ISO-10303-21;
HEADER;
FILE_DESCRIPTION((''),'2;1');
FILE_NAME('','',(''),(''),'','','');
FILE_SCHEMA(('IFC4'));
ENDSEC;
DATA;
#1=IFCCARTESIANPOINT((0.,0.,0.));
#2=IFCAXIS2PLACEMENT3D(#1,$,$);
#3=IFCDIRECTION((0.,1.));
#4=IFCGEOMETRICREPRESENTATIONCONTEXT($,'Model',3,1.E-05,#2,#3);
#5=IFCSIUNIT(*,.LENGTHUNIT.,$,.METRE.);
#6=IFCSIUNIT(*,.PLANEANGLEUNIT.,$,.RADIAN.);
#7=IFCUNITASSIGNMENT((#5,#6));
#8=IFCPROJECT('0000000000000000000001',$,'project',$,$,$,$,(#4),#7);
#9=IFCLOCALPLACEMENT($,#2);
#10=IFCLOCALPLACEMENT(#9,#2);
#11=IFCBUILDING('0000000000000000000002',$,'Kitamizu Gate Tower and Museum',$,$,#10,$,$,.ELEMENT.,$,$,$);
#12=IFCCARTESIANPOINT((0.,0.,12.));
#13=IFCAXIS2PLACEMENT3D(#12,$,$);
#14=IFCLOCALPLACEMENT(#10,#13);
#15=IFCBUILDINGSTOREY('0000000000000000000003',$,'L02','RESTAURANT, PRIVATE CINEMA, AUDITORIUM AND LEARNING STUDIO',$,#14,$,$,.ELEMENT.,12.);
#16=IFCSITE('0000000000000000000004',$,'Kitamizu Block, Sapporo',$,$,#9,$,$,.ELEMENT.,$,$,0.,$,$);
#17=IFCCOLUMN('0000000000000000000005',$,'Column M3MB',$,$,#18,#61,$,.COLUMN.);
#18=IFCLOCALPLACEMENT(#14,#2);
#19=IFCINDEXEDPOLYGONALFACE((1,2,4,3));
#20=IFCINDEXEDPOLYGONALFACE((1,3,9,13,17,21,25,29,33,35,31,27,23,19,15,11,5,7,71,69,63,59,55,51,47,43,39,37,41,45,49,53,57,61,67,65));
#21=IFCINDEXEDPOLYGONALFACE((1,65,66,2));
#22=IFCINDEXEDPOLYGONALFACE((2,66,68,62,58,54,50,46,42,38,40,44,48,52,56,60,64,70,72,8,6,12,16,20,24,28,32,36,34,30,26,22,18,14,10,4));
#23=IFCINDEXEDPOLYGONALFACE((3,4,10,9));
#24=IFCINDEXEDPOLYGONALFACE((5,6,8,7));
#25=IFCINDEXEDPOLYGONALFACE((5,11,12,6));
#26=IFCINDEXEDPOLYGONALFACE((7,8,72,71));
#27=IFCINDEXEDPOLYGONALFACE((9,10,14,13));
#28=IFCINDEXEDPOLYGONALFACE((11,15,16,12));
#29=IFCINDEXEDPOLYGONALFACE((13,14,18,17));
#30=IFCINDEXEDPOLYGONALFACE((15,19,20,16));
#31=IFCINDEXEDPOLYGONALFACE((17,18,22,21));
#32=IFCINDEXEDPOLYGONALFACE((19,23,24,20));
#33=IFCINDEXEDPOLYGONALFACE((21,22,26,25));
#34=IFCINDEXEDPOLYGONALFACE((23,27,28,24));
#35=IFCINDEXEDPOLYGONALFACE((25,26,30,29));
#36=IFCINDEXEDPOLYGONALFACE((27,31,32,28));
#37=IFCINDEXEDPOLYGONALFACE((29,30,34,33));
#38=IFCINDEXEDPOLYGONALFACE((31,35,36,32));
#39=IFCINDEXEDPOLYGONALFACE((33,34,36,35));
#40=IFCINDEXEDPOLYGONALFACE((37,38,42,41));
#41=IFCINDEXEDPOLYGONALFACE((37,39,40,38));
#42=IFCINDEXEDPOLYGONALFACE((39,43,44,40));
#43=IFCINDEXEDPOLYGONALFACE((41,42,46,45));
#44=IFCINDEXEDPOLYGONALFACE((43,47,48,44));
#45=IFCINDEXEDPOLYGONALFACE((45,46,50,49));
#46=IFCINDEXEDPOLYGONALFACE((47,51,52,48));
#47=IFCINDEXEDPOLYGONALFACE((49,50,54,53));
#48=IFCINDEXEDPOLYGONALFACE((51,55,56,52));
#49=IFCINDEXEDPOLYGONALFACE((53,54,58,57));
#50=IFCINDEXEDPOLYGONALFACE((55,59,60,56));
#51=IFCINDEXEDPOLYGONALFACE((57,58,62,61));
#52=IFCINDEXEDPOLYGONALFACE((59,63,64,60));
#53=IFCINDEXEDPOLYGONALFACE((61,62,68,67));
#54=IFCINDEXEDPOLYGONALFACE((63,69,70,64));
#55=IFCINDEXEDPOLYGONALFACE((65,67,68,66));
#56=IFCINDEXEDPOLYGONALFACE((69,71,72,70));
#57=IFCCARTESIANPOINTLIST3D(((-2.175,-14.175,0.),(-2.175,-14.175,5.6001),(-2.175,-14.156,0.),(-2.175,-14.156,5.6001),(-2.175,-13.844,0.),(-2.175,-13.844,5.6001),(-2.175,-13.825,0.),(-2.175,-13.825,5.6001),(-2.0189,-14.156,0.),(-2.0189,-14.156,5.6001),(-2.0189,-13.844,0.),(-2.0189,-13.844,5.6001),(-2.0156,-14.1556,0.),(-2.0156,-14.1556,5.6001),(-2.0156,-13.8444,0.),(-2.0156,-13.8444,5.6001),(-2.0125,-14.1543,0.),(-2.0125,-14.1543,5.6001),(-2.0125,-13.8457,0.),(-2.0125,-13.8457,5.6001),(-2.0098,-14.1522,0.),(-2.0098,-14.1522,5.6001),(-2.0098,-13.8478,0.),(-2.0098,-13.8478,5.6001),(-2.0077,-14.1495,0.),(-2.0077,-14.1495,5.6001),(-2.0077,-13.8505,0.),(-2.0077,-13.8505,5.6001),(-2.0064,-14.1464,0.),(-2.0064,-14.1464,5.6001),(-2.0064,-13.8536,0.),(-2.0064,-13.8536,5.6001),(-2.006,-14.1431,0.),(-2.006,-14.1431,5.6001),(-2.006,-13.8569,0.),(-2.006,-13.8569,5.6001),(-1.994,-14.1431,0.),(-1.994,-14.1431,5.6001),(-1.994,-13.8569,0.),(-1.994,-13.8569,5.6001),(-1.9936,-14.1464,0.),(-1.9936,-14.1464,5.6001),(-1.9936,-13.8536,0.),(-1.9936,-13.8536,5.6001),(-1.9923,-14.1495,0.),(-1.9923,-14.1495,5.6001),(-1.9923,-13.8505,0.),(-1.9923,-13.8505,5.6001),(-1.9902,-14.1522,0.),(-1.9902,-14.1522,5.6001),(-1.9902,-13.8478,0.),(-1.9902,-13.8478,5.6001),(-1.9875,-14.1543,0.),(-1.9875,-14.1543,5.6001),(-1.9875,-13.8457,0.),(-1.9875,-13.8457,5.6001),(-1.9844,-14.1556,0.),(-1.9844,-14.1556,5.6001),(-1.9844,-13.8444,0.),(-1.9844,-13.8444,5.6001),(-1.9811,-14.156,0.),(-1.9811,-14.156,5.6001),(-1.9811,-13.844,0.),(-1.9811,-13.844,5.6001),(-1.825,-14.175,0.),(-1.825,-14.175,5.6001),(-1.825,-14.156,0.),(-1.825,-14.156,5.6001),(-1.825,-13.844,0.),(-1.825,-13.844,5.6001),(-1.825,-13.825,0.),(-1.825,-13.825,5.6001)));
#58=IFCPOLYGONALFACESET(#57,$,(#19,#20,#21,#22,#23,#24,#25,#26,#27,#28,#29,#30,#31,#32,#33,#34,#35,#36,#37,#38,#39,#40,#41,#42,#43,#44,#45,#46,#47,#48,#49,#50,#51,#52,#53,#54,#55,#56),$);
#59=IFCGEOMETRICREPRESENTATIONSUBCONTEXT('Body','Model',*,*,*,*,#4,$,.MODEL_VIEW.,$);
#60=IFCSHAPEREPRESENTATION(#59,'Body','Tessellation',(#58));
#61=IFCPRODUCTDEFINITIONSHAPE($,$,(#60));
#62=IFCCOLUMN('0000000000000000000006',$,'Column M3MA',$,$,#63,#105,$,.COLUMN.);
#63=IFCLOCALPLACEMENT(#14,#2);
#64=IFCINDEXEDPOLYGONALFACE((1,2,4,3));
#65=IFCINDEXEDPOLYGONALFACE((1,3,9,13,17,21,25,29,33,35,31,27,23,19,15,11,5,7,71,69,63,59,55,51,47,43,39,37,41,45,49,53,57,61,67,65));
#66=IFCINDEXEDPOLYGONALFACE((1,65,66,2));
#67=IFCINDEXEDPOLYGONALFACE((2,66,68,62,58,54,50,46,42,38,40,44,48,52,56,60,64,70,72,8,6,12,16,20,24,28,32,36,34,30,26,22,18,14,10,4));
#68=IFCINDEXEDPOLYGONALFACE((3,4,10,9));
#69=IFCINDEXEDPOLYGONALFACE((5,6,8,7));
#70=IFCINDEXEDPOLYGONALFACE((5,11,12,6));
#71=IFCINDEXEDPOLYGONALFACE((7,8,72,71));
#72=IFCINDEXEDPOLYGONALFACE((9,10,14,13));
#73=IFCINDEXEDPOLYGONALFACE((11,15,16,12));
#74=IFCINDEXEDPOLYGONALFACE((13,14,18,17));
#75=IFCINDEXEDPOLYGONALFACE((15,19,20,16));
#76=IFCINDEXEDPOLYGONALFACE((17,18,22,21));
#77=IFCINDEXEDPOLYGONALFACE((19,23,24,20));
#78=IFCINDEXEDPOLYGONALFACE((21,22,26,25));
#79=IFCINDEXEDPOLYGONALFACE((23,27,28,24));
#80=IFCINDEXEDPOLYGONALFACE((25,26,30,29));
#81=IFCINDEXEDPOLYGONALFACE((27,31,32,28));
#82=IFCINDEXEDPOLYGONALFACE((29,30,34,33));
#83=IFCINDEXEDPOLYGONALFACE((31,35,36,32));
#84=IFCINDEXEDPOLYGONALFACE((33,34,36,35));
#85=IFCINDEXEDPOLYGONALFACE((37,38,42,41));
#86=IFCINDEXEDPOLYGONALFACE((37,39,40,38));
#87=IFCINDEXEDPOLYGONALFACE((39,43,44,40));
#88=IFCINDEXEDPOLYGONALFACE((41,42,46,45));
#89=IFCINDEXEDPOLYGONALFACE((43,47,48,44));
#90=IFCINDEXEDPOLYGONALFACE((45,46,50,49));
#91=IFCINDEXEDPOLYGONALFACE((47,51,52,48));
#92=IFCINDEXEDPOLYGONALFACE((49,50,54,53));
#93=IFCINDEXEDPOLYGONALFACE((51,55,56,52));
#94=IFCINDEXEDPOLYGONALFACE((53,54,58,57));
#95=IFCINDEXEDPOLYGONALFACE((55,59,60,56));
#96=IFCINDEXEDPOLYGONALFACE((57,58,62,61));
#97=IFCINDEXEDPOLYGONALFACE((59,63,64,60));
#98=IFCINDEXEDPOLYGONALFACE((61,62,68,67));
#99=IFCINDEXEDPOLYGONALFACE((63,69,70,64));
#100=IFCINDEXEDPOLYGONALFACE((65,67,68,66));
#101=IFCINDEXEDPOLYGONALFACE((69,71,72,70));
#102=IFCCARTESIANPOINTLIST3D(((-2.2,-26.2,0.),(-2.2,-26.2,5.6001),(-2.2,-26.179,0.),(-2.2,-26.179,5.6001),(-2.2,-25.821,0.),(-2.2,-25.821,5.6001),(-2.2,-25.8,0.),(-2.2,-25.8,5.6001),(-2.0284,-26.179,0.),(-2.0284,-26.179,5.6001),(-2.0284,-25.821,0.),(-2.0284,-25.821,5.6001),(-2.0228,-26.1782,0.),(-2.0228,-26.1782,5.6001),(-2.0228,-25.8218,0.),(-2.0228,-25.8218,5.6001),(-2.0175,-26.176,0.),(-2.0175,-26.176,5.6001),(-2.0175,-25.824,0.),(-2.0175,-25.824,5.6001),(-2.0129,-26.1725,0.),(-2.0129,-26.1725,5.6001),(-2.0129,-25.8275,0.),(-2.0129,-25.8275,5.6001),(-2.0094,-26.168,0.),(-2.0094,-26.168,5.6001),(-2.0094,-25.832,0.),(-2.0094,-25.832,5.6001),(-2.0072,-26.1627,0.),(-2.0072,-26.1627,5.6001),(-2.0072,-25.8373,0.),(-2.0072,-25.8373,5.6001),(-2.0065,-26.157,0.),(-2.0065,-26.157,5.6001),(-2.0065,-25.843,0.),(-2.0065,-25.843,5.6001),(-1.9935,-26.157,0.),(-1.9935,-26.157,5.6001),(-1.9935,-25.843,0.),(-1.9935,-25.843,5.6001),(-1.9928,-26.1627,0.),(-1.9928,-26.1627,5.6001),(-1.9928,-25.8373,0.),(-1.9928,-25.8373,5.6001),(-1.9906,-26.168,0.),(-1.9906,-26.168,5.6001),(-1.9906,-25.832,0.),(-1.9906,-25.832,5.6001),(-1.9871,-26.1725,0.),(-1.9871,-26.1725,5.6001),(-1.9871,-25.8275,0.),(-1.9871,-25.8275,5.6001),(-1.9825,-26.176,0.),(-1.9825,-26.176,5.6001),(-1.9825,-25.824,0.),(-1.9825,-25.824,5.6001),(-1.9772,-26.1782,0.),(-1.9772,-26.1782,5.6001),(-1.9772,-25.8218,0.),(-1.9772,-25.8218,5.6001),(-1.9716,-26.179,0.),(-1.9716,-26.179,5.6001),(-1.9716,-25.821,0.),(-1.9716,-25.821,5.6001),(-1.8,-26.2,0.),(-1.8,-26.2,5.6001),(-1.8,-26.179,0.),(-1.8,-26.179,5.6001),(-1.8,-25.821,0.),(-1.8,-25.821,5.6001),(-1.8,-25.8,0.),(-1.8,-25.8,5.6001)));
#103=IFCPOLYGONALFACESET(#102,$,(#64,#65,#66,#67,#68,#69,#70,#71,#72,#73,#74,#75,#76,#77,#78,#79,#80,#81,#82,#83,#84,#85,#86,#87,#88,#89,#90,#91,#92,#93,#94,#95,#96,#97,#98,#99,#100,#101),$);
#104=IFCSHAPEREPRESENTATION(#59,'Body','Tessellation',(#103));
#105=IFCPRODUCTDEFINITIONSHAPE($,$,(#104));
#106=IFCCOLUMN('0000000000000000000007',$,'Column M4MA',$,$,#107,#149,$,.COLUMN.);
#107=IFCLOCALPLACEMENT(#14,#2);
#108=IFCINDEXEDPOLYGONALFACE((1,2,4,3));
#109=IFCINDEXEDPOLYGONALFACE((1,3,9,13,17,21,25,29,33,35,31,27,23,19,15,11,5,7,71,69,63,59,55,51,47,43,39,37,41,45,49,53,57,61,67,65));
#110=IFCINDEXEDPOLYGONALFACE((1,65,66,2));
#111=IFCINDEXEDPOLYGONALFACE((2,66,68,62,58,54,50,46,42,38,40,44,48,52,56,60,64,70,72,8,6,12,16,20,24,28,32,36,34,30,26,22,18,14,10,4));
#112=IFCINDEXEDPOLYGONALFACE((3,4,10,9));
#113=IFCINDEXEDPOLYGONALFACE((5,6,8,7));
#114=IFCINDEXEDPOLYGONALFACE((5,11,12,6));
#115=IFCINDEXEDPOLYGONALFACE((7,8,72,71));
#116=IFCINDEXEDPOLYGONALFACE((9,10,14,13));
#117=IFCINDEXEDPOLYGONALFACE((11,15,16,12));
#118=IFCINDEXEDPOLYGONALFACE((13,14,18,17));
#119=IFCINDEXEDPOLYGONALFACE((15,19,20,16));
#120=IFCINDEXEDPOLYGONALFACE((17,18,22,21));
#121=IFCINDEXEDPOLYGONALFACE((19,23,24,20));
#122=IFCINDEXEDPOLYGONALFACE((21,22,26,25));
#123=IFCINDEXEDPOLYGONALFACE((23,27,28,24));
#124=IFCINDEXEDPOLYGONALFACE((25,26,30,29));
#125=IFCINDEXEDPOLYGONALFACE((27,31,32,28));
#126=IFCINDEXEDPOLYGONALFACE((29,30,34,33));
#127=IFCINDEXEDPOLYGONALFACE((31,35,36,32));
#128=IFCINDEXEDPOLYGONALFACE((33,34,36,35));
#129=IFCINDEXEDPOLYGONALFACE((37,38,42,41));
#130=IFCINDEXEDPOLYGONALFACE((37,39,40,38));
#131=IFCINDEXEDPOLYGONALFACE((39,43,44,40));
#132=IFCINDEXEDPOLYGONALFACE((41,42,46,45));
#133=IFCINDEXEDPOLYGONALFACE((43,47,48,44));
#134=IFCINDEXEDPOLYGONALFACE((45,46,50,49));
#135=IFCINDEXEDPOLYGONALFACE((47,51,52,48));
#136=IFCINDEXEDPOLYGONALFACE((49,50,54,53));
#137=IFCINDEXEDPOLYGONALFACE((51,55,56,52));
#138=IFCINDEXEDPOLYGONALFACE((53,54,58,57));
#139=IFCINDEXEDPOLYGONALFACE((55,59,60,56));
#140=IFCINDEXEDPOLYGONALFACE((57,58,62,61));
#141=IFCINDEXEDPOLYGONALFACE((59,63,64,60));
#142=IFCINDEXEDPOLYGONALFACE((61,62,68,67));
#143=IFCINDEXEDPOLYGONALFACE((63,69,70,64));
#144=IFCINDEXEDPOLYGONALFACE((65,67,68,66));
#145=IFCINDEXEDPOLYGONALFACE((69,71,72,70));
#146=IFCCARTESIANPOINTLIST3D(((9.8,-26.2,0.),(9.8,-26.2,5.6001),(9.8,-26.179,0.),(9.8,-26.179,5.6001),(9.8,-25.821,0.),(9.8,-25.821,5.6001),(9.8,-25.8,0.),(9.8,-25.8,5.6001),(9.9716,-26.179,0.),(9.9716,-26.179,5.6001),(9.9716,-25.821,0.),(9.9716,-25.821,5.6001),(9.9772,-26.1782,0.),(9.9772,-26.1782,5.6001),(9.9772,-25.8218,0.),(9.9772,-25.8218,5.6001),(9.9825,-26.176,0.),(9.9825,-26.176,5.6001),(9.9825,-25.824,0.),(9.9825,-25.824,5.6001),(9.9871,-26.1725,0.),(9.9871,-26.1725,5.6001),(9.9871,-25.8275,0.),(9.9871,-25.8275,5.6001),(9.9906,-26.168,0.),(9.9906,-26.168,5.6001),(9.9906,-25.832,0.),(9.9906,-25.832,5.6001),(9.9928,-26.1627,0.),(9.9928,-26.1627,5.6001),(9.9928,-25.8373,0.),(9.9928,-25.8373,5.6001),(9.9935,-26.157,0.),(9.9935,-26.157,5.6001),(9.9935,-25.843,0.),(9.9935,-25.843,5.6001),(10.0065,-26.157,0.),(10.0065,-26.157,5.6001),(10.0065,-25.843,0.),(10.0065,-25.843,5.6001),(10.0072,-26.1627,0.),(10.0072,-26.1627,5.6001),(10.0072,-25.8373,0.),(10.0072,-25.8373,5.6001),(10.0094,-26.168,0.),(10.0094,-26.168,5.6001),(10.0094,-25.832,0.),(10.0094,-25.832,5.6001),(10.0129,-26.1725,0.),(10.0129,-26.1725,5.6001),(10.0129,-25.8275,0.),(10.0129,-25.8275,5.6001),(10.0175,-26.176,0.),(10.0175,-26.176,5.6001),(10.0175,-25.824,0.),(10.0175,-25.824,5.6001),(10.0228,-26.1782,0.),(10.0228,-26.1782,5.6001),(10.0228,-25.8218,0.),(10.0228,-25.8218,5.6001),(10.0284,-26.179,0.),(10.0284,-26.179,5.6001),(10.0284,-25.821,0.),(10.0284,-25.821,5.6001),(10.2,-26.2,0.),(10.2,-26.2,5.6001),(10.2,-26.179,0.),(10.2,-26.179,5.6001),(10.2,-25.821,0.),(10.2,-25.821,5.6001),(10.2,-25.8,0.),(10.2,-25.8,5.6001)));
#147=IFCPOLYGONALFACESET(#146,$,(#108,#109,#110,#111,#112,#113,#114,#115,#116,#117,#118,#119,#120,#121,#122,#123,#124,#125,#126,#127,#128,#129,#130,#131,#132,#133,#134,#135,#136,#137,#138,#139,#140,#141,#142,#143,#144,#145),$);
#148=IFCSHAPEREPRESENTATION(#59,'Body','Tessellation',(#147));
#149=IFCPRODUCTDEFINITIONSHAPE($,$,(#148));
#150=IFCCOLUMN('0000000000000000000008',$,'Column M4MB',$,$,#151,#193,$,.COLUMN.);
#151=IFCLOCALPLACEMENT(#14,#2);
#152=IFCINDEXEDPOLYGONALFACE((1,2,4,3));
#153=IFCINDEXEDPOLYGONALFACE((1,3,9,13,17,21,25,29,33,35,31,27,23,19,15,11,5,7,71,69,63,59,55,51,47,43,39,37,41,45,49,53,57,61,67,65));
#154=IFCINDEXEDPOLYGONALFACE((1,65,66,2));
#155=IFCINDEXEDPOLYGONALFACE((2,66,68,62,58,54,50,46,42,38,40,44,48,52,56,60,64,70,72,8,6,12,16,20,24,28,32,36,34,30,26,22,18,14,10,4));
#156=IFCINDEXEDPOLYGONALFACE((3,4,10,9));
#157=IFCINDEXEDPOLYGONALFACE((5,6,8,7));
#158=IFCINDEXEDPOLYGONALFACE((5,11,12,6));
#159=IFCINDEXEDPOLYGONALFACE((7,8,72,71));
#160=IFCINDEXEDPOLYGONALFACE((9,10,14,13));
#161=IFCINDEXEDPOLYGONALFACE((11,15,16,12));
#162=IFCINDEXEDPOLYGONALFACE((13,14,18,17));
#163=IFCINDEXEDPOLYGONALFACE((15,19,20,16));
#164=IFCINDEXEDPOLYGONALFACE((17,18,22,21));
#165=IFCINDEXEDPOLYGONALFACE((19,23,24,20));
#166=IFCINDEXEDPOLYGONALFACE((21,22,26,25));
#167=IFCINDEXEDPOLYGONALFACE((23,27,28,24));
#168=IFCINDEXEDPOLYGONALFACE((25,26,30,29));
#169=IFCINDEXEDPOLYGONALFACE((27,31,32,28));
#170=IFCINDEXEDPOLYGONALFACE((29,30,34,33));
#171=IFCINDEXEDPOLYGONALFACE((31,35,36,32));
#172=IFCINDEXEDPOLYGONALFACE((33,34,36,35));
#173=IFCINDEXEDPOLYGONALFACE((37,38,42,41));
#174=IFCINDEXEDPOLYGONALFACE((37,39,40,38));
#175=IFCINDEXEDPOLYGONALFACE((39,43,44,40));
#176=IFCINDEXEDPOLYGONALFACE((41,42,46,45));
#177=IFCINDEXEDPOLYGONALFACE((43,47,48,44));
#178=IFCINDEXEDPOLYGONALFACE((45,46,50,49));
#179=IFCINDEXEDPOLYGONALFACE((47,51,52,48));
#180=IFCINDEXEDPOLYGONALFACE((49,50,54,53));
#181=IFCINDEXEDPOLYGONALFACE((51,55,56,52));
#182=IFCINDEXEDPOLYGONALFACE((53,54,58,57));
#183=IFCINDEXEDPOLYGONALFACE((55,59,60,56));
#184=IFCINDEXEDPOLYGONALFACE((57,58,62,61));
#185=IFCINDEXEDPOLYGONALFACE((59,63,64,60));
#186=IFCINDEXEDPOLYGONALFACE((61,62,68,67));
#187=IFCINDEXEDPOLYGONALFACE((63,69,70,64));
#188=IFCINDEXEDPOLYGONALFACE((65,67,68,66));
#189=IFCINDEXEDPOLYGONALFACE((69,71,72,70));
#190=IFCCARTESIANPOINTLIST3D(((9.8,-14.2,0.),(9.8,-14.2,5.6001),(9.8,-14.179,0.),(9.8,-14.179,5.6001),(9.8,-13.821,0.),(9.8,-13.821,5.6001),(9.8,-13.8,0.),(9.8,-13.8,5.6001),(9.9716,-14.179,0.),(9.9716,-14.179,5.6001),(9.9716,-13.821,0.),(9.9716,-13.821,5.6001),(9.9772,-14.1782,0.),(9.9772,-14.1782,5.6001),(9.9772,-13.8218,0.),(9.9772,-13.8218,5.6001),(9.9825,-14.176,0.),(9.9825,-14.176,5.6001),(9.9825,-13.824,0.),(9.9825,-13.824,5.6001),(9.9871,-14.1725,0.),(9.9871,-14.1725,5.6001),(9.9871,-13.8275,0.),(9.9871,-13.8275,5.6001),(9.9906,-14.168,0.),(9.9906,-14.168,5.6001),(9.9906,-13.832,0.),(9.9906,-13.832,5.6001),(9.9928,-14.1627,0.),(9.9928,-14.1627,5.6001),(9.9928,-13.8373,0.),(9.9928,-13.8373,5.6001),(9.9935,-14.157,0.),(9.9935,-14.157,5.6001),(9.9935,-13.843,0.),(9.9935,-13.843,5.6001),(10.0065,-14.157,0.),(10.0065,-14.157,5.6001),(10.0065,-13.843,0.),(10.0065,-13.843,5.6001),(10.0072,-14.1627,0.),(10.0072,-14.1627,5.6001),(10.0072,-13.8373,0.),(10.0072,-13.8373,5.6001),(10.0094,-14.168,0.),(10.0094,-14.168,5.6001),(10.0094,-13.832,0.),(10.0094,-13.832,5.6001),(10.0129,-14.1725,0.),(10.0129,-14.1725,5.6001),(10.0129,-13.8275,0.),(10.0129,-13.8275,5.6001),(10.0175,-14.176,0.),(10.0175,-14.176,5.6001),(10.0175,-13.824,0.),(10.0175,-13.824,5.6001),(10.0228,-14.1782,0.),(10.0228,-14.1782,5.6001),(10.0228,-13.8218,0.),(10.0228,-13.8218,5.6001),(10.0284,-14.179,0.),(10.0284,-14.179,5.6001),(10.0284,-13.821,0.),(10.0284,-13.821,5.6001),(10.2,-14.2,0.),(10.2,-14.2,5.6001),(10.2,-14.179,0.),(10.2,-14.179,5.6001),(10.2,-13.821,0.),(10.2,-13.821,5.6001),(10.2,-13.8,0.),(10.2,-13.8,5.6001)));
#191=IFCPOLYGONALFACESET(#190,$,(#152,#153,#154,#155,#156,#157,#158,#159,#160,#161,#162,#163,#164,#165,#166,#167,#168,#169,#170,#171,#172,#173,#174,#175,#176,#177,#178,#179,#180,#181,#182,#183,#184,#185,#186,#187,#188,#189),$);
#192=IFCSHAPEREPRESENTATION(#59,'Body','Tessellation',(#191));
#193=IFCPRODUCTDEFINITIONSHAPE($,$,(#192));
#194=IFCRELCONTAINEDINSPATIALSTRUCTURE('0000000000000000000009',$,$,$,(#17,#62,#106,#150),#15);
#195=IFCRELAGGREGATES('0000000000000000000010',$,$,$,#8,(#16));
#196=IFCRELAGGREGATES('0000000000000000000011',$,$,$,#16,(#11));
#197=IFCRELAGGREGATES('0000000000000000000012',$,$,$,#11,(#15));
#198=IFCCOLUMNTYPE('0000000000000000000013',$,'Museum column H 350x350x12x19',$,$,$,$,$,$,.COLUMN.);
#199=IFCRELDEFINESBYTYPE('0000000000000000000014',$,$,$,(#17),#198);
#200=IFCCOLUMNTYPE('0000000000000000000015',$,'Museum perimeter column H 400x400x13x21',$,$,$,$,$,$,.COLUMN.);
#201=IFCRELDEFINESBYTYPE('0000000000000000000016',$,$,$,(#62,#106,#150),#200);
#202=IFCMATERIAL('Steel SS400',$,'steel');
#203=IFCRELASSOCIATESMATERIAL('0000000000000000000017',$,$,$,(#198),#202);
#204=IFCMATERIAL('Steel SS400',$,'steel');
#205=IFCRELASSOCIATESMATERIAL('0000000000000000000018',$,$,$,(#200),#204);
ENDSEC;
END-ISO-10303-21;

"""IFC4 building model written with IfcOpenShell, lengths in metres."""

from ifc_helpers import new_model, si_unit, direction, frame, origin, origin_2d, place, context, subcontext, project, spatial, i_section, extrude, material, material_profile, profile_set, type_object, element, save


model = new_model("IFC4")

# Units and contexts
model_context = context("Model", 3, precision=1e-05, world=origin(), true_north=direction((0.0, 1.0)))
body_context = subcontext(model_context, "Body", "Model", "MODEL_VIEW")
ifc_project = project(units=[si_unit("LENGTHUNIT", "METRE"), si_unit("PLANEANGLEUNIT", "RADIAN")], contexts=[model_context])

# Site, building, storey
site_placement = place(None, origin())
site = spatial("IfcSite", under=ifc_project, at=site_placement, Name="Kitamizu Block, Sapporo", CompositionType="ELEMENT", RefElevation=0.0)
building_placement = place(site_placement, origin())
building = spatial("IfcBuilding", under=site, at=building_placement, Name="Kitamizu Gate Tower and Museum", CompositionType="ELEMENT")
storey_placement = place(building_placement, frame((0.0, 0.0, 12.0)))
storey = spatial("IfcBuildingStorey", under=building, at=storey_placement, Name="L02", Description="RESTAURANT, PRIVATE CINEMA, AUDITORIUM AND LEARNING STUDIO", CompositionType="ELEMENT", Elevation=12.0)

# Columns
ifc_material_1 = material(Name="Steel SS400", Category="steel")
ifc_material_profile_1 = material_profile(ifc_material_1, i_section(OverallWidth=0.3501, OverallDepth=0.3501, WebThickness=0.012, FlangeThickness=0.019, FilletRadius=0.0129, at=origin_2d()), Name="H-350x350x12x19")
ifc_profile_set_1 = profile_set([ifc_material_profile_1], Name="Steel SS400")
column_type_1 = type_object("IfcColumnType", Name="Museum column H 350x350x12x19", PredefinedType="COLUMN", material=ifc_profile_set_1)
column_placement = place(storey_placement, frame((-2.0, -14.0, 0.0), z_axis=(0.0, 0.0, 1.0), x_axis=(1.0, 0.0, 0.0)))
element("IfcColumn", 1, at=column_placement, inside=storey, type_object=column_type_1, Name="Column M3MB", PredefinedType="COLUMN", context=body_context, shape_type="SweptSolid", body=[
    extrude(i_section(OverallWidth=0.3501, OverallDepth=0.3501, WebThickness=0.012, FlangeThickness=0.019, FilletRadius=0.0129, at=origin_2d()), origin(), (0.0, 0.0, 1.0), 5.6001),
])
ifc_material_2 = material(Name="Steel SS400", Category="steel")
ifc_material_profile_2 = material_profile(ifc_material_2, i_section(OverallWidth=0.3999, OverallDepth=0.3999, WebThickness=0.0129, FlangeThickness=0.021, FilletRadius=0.022, at=origin_2d()), Name="H-400x400x13x21")
ifc_profile_set_2 = profile_set([ifc_material_profile_2], Name="Steel SS400")
column_type_2 = type_object("IfcColumnType", Name="Museum perimeter column H 400x400x13x21", PredefinedType="COLUMN", material=ifc_profile_set_2)
for number, where, z_axis, x_axis, name in (
    (2, (-2.0, -26.0, 0.0), (0.0, 0.0, 1.0), (1.0, 0.0, 0.0), "Column M3MA"),
    (3, (10.0, -26.0, 0.0), (0.0, 0.0, 1.0), (1.0, 0.0, 0.0), "Column M4MA"),
    (4, (10.0, -14.0, 0.0), (0.0, 0.0, 1.0), (1.0, 0.0, 0.0), "Column M4MB"),
):
    element("IfcColumn", number, at=place(storey_placement, frame(where, z_axis=z_axis, x_axis=x_axis)), inside=storey, type_object=column_type_2, Name=name, PredefinedType="COLUMN", context=body_context, shape_type="SweptSolid", body=[
        extrude(i_section(OverallWidth=0.3999, OverallDepth=0.3999, WebThickness=0.0129, FlangeThickness=0.021, FilletRadius=0.022, at=origin_2d()), origin(), (0.0, 0.0, 1.0), 5.6001),
    ])

save(model, "model.ifc")
